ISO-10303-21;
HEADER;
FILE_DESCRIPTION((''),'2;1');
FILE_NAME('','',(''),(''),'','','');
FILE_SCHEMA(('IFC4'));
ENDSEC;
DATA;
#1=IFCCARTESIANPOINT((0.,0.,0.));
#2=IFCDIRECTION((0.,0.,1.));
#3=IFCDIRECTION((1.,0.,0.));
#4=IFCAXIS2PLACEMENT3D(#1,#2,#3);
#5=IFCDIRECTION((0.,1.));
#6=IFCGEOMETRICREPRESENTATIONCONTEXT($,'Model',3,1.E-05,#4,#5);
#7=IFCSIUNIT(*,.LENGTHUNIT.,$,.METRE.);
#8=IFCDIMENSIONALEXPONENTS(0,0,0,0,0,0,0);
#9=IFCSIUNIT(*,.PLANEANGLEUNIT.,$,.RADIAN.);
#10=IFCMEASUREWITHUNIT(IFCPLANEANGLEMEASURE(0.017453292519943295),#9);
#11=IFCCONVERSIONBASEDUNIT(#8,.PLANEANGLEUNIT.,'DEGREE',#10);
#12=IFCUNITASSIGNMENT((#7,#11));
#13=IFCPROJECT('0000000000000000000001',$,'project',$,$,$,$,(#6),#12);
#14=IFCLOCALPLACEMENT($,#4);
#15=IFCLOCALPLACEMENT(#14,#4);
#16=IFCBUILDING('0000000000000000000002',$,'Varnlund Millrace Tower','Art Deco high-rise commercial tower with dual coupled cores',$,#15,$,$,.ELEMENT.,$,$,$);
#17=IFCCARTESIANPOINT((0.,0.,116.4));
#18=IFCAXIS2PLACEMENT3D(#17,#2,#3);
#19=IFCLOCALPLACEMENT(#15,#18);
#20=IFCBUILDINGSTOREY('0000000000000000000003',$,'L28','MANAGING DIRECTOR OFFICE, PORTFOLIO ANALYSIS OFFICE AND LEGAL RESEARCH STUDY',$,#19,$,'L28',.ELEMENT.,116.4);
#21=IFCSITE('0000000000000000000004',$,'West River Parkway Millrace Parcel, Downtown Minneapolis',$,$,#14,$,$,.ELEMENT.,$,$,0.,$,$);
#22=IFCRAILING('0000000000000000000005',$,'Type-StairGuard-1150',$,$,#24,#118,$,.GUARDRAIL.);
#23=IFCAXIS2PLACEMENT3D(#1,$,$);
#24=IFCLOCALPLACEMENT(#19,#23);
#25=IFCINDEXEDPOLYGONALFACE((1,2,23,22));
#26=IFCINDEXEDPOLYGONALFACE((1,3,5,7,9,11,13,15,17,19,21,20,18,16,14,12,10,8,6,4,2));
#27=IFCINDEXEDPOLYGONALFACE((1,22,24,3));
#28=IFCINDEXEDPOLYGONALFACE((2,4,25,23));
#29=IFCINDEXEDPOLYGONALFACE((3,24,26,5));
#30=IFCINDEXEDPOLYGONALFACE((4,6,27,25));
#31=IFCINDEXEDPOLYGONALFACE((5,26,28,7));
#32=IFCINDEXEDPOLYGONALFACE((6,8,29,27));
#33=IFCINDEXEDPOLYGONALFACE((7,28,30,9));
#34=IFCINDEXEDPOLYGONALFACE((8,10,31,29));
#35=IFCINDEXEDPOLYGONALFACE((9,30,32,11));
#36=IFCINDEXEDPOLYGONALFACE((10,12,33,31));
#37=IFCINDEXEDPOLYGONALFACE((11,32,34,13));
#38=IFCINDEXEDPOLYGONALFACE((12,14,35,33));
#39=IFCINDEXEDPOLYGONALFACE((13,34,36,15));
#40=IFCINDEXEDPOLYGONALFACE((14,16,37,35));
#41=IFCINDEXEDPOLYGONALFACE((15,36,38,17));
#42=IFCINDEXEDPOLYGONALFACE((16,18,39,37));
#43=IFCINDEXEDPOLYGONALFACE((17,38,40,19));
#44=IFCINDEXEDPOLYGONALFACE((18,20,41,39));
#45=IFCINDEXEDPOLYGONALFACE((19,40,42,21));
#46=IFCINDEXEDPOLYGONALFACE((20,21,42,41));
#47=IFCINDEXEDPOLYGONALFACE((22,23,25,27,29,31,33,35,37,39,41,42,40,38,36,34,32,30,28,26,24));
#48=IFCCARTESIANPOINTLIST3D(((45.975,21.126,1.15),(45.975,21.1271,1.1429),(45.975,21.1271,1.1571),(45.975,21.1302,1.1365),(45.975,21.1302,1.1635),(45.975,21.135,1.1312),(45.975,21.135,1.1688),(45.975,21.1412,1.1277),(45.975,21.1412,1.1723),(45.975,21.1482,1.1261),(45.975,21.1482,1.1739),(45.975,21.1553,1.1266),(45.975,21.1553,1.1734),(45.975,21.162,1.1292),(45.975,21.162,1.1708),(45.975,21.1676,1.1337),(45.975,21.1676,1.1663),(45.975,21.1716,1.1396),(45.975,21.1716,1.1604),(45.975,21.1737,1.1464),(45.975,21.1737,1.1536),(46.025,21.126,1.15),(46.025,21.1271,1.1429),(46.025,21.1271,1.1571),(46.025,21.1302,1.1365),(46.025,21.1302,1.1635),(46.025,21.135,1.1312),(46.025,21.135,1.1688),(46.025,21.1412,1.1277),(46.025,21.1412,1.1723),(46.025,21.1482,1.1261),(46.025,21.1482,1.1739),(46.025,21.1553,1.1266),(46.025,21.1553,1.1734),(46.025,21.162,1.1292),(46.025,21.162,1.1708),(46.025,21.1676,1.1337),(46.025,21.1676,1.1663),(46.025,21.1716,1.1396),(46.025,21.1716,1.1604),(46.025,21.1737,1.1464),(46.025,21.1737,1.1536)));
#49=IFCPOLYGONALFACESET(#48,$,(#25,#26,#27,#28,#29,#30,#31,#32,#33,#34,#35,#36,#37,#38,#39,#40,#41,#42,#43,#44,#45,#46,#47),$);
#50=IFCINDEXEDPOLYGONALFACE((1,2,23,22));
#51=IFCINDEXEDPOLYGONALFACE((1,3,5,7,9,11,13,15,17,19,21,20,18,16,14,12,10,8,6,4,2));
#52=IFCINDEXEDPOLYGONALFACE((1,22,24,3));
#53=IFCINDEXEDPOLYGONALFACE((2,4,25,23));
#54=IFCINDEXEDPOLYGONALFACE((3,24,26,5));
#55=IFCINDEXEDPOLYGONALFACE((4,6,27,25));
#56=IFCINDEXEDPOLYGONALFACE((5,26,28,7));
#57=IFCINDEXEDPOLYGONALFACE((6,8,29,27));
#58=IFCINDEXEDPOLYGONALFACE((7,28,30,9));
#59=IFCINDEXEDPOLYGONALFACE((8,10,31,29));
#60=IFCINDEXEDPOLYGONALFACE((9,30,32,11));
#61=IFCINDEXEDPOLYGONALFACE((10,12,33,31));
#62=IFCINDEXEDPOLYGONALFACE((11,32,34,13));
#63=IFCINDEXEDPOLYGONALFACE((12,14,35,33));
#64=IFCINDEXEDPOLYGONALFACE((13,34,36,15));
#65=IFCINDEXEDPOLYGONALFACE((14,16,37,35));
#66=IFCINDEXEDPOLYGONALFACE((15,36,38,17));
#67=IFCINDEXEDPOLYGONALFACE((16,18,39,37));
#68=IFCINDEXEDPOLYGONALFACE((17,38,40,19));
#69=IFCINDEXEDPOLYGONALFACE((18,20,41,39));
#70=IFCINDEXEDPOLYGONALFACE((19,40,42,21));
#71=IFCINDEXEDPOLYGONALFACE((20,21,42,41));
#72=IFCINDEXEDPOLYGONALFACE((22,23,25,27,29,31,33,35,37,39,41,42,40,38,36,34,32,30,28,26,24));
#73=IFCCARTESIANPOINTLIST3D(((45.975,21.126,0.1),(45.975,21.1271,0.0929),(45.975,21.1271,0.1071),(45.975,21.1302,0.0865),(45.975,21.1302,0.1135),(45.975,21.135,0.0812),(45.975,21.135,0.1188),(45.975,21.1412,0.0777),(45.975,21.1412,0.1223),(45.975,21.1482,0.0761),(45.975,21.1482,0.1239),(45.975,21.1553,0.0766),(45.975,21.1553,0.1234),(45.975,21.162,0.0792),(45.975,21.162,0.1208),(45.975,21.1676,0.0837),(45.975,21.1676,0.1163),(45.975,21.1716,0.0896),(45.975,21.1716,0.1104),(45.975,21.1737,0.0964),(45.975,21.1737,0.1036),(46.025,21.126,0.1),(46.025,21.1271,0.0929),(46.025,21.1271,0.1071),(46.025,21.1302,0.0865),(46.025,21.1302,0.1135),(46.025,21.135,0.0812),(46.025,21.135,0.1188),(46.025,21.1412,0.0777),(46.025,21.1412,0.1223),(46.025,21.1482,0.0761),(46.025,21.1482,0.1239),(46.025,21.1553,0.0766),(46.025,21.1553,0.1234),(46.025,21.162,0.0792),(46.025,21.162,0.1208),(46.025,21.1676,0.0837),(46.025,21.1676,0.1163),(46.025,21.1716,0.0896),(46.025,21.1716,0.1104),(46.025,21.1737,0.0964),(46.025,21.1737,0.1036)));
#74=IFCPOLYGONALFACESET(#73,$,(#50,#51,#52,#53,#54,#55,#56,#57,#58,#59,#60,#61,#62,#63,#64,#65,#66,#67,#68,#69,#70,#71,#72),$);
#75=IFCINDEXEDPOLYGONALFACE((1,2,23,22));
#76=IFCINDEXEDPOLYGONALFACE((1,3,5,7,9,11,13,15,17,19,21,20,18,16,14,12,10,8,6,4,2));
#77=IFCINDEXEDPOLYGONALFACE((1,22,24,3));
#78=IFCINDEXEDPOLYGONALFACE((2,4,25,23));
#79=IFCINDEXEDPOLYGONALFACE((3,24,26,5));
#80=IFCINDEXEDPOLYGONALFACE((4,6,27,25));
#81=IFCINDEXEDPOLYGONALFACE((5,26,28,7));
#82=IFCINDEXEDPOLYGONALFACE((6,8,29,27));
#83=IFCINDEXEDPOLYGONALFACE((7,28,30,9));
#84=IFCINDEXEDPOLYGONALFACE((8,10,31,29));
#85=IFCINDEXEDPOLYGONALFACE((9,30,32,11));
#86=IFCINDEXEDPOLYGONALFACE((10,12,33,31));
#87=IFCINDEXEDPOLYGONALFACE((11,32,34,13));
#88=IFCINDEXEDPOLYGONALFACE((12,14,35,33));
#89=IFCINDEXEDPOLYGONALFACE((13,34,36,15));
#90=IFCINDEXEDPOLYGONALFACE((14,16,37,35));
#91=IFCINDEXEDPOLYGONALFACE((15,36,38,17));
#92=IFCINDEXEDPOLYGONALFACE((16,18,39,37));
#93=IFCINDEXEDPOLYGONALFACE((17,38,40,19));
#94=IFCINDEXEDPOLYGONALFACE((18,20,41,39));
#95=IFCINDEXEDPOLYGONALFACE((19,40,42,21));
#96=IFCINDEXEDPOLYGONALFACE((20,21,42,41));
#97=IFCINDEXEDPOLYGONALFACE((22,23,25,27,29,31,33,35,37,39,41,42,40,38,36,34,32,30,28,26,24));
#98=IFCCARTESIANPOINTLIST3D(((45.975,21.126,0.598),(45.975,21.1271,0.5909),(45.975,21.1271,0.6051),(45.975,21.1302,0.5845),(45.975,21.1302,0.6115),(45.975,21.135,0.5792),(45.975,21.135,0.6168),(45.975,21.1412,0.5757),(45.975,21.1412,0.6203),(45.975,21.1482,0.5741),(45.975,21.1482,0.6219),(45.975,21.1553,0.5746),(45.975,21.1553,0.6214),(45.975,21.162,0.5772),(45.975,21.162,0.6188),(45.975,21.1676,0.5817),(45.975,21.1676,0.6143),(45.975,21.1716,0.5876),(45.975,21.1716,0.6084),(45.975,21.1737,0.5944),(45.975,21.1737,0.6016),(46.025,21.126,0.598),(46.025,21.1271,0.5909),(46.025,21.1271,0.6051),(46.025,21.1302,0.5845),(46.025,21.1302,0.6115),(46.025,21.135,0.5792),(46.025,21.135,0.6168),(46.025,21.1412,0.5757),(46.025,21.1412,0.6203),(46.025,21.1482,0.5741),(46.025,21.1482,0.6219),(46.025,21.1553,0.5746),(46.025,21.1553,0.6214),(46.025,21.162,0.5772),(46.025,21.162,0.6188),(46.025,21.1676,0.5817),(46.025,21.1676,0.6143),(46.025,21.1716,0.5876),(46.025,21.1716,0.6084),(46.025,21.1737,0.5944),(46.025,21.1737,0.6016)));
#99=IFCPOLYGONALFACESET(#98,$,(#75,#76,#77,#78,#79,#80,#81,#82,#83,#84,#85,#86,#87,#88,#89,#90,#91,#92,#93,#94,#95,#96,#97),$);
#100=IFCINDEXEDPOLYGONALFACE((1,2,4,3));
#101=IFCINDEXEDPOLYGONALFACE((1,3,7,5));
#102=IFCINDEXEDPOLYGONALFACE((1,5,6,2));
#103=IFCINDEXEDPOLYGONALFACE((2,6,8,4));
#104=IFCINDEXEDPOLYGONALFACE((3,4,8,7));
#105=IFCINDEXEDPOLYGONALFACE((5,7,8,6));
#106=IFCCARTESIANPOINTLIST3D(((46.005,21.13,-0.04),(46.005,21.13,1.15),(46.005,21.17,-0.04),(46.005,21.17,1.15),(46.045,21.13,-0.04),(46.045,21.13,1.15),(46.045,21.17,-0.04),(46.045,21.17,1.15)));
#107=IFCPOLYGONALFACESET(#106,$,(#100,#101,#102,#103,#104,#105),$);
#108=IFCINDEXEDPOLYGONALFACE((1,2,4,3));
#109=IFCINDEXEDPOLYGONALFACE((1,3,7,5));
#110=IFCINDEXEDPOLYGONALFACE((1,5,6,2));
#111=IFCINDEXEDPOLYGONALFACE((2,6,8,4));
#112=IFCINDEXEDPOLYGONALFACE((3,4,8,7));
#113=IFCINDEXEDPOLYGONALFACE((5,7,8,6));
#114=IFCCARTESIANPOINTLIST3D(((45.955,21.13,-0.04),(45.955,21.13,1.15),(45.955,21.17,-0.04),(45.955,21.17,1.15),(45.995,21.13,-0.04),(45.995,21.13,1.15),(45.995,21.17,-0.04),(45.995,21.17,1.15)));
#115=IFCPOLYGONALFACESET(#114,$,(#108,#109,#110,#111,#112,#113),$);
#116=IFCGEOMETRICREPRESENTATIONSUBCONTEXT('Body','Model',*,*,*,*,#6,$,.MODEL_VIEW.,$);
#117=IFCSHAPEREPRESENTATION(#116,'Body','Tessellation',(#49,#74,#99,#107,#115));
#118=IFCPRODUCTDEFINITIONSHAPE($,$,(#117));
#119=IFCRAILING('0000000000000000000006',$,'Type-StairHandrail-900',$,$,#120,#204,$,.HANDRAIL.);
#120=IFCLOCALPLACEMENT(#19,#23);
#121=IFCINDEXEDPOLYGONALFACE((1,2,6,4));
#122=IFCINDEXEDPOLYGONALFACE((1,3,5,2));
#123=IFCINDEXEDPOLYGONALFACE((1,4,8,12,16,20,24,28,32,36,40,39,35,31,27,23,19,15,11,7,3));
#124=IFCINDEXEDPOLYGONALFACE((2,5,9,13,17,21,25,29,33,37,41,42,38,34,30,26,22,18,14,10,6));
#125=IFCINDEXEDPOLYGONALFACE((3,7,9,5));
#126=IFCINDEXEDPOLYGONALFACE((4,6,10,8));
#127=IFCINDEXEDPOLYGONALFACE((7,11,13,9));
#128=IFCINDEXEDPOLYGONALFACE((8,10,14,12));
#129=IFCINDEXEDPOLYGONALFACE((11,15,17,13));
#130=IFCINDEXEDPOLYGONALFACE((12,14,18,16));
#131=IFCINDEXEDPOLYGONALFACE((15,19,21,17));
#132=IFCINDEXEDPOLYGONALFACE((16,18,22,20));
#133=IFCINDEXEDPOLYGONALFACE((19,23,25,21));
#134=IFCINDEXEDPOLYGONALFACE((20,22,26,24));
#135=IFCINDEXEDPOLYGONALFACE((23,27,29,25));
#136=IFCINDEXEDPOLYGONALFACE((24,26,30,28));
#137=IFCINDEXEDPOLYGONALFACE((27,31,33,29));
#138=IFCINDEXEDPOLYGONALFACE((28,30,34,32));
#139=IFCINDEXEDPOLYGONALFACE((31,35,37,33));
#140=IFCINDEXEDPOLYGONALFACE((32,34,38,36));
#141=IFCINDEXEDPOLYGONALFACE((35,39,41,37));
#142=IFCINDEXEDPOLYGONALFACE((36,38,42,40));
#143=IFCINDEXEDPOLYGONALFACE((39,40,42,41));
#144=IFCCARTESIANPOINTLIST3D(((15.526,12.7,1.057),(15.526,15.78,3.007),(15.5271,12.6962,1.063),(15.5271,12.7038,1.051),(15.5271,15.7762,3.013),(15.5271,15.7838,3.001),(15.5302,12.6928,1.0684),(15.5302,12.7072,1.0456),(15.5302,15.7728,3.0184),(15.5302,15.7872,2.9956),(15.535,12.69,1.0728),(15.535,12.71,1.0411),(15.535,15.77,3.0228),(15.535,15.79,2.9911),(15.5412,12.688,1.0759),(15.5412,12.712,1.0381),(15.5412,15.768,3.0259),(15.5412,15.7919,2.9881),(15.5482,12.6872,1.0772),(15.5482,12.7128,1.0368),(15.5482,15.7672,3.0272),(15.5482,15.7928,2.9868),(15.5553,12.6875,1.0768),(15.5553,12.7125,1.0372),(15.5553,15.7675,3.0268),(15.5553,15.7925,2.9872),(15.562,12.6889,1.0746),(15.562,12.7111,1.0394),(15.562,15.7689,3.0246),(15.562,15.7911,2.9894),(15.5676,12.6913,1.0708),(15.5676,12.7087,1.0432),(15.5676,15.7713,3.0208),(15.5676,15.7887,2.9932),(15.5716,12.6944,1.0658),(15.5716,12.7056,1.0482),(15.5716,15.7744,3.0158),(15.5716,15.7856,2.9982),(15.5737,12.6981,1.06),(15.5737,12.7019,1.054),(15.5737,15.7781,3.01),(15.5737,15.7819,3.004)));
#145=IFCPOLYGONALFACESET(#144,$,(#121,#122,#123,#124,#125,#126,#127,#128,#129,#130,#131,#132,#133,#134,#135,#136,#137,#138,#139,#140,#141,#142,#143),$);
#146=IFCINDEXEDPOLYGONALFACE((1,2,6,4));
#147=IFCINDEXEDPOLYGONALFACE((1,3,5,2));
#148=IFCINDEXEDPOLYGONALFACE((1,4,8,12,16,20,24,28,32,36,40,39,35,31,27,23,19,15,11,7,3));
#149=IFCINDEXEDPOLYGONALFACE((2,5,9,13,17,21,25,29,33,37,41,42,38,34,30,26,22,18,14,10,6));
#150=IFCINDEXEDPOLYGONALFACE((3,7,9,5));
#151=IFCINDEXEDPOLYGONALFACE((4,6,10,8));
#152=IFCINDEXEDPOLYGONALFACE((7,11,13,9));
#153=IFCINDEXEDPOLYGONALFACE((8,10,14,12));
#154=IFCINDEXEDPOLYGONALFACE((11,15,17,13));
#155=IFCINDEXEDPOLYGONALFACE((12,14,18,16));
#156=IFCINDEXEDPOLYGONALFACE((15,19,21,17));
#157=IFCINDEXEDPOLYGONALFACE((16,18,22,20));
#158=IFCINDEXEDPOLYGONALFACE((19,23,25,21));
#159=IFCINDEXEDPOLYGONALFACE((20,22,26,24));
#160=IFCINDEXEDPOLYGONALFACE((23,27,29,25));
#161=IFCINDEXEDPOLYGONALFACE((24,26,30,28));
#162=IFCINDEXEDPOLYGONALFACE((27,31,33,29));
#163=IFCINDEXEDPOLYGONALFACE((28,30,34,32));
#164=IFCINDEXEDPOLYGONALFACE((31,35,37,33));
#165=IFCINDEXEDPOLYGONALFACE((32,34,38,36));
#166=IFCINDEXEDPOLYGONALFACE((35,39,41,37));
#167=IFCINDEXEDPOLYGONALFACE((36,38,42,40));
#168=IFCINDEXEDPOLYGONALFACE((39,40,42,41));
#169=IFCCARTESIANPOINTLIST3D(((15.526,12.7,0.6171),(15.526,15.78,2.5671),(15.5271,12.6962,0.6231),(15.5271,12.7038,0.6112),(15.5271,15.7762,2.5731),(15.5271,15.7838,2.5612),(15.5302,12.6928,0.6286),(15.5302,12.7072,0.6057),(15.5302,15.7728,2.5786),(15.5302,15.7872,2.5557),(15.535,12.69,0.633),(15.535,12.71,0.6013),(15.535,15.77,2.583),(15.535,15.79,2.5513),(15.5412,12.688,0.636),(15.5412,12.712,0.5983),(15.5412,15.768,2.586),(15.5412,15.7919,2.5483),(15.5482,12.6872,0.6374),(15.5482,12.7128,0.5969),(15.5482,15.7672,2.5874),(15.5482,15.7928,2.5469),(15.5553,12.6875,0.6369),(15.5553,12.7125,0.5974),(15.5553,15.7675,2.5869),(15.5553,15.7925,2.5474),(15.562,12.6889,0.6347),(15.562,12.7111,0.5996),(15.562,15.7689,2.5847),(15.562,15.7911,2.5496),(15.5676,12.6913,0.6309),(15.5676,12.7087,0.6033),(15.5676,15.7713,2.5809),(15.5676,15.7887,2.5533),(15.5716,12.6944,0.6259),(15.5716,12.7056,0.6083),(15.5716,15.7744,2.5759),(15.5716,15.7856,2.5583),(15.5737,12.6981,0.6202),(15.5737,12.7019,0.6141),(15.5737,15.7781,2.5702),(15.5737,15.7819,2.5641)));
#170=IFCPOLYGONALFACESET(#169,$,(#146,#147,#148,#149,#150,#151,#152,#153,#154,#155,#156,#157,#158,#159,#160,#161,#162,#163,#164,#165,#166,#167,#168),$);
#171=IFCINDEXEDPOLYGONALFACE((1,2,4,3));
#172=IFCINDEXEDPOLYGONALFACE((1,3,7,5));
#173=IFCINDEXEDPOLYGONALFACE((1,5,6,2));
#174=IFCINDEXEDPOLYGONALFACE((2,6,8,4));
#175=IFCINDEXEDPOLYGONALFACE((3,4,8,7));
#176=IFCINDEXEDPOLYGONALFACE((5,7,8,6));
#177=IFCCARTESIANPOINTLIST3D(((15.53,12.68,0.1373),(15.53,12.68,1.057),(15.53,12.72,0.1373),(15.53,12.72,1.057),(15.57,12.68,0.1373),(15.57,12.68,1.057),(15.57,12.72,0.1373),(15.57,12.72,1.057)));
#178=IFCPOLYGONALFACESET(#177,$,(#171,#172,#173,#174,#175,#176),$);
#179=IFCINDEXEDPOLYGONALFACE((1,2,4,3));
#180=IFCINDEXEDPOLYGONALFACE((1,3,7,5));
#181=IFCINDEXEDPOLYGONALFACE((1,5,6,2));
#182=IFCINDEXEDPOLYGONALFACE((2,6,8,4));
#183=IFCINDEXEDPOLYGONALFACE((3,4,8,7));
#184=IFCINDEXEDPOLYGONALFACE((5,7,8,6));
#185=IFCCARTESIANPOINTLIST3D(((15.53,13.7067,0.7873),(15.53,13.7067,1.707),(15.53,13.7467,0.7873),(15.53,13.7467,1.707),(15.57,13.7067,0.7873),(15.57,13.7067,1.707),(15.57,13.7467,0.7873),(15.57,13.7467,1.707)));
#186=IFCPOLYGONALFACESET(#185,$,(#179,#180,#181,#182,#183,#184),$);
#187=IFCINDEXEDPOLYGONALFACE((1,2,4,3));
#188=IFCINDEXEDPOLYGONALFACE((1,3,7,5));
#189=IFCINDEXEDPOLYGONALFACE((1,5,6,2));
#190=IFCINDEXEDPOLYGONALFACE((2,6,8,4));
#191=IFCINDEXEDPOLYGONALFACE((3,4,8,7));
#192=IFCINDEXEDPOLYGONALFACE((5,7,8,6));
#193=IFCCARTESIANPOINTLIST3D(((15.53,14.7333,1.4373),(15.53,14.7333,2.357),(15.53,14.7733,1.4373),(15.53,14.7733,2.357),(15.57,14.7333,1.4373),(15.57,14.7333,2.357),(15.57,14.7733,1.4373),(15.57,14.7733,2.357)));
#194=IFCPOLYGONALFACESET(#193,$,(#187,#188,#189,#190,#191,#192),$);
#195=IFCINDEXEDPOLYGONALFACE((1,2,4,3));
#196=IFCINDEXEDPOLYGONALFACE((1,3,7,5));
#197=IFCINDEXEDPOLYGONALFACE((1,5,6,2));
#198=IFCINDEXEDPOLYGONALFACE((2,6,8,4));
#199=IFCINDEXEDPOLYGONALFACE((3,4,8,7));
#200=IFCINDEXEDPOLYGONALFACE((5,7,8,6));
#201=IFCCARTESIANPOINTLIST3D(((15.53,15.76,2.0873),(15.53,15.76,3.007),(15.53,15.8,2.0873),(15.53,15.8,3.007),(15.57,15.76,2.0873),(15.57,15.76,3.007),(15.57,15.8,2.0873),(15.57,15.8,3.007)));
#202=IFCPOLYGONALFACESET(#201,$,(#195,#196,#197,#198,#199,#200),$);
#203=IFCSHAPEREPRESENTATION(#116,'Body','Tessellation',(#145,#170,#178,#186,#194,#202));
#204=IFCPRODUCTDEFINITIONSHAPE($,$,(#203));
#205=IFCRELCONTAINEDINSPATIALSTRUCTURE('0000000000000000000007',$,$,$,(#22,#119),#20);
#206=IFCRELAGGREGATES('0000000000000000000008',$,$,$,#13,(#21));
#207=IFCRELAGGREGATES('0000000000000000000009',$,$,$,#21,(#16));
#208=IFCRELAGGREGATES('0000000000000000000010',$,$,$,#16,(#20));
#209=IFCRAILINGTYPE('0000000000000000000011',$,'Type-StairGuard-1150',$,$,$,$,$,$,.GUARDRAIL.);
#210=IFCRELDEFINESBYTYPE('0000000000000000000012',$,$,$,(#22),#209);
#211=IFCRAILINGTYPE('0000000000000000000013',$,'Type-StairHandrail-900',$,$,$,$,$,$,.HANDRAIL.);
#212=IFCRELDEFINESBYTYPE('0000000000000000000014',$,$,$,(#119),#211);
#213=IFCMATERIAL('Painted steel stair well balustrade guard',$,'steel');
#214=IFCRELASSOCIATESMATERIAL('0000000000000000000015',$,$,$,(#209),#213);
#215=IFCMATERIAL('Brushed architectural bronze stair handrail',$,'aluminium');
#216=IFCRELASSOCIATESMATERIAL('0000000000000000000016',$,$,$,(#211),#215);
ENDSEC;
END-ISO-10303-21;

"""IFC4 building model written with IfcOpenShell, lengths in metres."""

from ifc_helpers import new_model, entity, si_unit, converted_unit, direction, frame, origin_with_axes, origin_2d_with_axis, place, context, subcontext, project, spatial, rectangle, circle, extrude, material, type_object, element, save


model = new_model("IFC4")

# Units and contexts
model_context = context("Model", 3, precision=1e-05, world=origin_with_axes(), true_north=direction((0.0, 1.0)))
body_context = subcontext(model_context, "Body", "Model", "MODEL_VIEW")
ifc_project = project(units=[si_unit("LENGTHUNIT", "METRE"), converted_unit("PLANEANGLEUNIT", "DEGREE", entity("IfcPlaneAngleMeasure", 0.017453292519943295), si_unit("PLANEANGLEUNIT", "RADIAN"), dimensions=[0, 0, 0, 0, 0, 0, 0])], contexts=[model_context])

# Site, building, storey
site_placement = place(None, origin_with_axes())
site = spatial("IfcSite", under=ifc_project, at=site_placement, Name="West River Parkway Millrace Parcel, Downtown Minneapolis", CompositionType="ELEMENT", RefElevation=0.0)
building_placement = place(site_placement, origin_with_axes())
building = spatial("IfcBuilding", under=site, at=building_placement, Name="Varnlund Millrace Tower", Description="Art Deco high-rise commercial tower with dual coupled cores", CompositionType="ELEMENT")
storey_placement = place(building_placement, frame((0.0, 0.0, 116.4), z_axis=(0.0, 0.0, 1.0), x_axis=(1.0, 0.0, 0.0)))
storey = spatial("IfcBuildingStorey", under=building, at=storey_placement, Name="L28", Description="MANAGING DIRECTOR OFFICE, PORTFOLIO ANALYSIS OFFICE AND LEGAL RESEARCH STUDY", LongName="L28", CompositionType="ELEMENT", Elevation=116.4)

# Railings
ifc_material_1 = material(Name="Painted steel stair well balustrade guard", Category="steel")
railing_type_1 = type_object("IfcRailingType", Name="Type-StairGuard-1150", PredefinedType="GUARDRAIL", material=ifc_material_1)
railing_1_placement = place(storey_placement, frame((0.0, 0.0, -116.4), z_axis=(0.0, 0.0, 1.0), x_axis=(1.0, 0.0, 0.0)))
element("IfcRailing", 1, at=railing_1_placement, inside=storey, type_object=railing_type_1, Name="Type-StairGuard-1150", PredefinedType="GUARDRAIL", context=body_context, shape_type="SweptSolid", body=[
    extrude(circle(Radius=0.024, at=origin_2d_with_axis()), frame((46.025, 21.15, 117.55), z_axis=(-1.0, 0.0, 0.0), x_axis=(0.0, -1.0, 0.0)), (0.0, 0.0, 1.0), 0.05),
    extrude(circle(Radius=0.024, at=origin_2d_with_axis()), frame((46.025, 21.15, 116.5), z_axis=(-1.0, 0.0, 0.0), x_axis=(0.0, -1.0, 0.0)), (0.0, 0.0, 1.0), 0.05),
    extrude(circle(Radius=0.024, at=origin_2d_with_axis()), frame((46.025, 21.15, 116.998), z_axis=(-1.0, 0.0, 0.0), x_axis=(0.0, -1.0, 0.0)), (0.0, 0.0, 1.0), 0.05),
    extrude(rectangle(XDim=0.04, YDim=0.04, at=origin_2d_with_axis()), frame((46.025, 21.15, 116.36), z_axis=(0.0, 0.0, 1.0), x_axis=(1.0, 0.0, 0.0)), (0.0, 0.0, 1.0), 1.19),
    extrude(rectangle(XDim=0.04, YDim=0.04, at=origin_2d_with_axis()), frame((45.975, 21.15, 116.36), z_axis=(0.0, 0.0, 1.0), x_axis=(1.0, 0.0, 0.0)), (0.0, 0.0, 1.0), 1.19),
])
ifc_material_2 = material(Name="Brushed architectural bronze stair handrail", Category="aluminium")
railing_type_2 = type_object("IfcRailingType", Name="Type-StairHandrail-900", PredefinedType="HANDRAIL", material=ifc_material_2)
railing_2_placement = place(storey_placement, frame((0.0, 0.0, -116.4), z_axis=(0.0, 0.0, 1.0), x_axis=(1.0, 0.0, 0.0)))
element("IfcRailing", 2, at=railing_2_placement, inside=storey, type_object=railing_type_2, Name="Type-StairHandrail-900", PredefinedType="HANDRAIL", context=body_context, shape_type="SweptSolid", body=[
    extrude(circle(Radius=0.024, at=origin_2d_with_axis()), frame((15.55, 12.7, 117.457), z_axis=(0.0, 0.844902, 0.534922), x_axis=(-1.0, 0.0, 0.0)), (0.0, 0.0, 1.0), 3.6454),
    extrude(circle(Radius=0.024, at=origin_2d_with_axis()), frame((15.55, 12.7, 117.0171), z_axis=(0.0, 0.844902, 0.534922), x_axis=(-1.0, 0.0, 0.0)), (0.0, 0.0, 1.0), 3.6454),
    extrude(rectangle(XDim=0.04, YDim=0.04, at=origin_2d_with_axis()), frame((15.55, 12.7, 116.5373), z_axis=(0.0, 0.0, 1.0), x_axis=(1.0, 0.0, 0.0)), (0.0, 0.0, 1.0), 0.9197),
    extrude(rectangle(XDim=0.04, YDim=0.04, at=origin_2d_with_axis()), frame((15.55, 13.7267, 117.1873), z_axis=(0.0, 0.0, 1.0), x_axis=(1.0, 0.0, 0.0)), (0.0, 0.0, 1.0), 0.9197),
    extrude(rectangle(XDim=0.04, YDim=0.04, at=origin_2d_with_axis()), frame((15.55, 14.7533, 117.8373), z_axis=(0.0, 0.0, 1.0), x_axis=(1.0, 0.0, 0.0)), (0.0, 0.0, 1.0), 0.9197),
    extrude(rectangle(XDim=0.04, YDim=0.04, at=origin_2d_with_axis()), frame((15.55, 15.78, 118.4873), z_axis=(0.0, 0.0, 1.0), x_axis=(1.0, 0.0, 0.0)), (0.0, 0.0, 1.0), 0.9197),
])

save(model, "model.ifc")
